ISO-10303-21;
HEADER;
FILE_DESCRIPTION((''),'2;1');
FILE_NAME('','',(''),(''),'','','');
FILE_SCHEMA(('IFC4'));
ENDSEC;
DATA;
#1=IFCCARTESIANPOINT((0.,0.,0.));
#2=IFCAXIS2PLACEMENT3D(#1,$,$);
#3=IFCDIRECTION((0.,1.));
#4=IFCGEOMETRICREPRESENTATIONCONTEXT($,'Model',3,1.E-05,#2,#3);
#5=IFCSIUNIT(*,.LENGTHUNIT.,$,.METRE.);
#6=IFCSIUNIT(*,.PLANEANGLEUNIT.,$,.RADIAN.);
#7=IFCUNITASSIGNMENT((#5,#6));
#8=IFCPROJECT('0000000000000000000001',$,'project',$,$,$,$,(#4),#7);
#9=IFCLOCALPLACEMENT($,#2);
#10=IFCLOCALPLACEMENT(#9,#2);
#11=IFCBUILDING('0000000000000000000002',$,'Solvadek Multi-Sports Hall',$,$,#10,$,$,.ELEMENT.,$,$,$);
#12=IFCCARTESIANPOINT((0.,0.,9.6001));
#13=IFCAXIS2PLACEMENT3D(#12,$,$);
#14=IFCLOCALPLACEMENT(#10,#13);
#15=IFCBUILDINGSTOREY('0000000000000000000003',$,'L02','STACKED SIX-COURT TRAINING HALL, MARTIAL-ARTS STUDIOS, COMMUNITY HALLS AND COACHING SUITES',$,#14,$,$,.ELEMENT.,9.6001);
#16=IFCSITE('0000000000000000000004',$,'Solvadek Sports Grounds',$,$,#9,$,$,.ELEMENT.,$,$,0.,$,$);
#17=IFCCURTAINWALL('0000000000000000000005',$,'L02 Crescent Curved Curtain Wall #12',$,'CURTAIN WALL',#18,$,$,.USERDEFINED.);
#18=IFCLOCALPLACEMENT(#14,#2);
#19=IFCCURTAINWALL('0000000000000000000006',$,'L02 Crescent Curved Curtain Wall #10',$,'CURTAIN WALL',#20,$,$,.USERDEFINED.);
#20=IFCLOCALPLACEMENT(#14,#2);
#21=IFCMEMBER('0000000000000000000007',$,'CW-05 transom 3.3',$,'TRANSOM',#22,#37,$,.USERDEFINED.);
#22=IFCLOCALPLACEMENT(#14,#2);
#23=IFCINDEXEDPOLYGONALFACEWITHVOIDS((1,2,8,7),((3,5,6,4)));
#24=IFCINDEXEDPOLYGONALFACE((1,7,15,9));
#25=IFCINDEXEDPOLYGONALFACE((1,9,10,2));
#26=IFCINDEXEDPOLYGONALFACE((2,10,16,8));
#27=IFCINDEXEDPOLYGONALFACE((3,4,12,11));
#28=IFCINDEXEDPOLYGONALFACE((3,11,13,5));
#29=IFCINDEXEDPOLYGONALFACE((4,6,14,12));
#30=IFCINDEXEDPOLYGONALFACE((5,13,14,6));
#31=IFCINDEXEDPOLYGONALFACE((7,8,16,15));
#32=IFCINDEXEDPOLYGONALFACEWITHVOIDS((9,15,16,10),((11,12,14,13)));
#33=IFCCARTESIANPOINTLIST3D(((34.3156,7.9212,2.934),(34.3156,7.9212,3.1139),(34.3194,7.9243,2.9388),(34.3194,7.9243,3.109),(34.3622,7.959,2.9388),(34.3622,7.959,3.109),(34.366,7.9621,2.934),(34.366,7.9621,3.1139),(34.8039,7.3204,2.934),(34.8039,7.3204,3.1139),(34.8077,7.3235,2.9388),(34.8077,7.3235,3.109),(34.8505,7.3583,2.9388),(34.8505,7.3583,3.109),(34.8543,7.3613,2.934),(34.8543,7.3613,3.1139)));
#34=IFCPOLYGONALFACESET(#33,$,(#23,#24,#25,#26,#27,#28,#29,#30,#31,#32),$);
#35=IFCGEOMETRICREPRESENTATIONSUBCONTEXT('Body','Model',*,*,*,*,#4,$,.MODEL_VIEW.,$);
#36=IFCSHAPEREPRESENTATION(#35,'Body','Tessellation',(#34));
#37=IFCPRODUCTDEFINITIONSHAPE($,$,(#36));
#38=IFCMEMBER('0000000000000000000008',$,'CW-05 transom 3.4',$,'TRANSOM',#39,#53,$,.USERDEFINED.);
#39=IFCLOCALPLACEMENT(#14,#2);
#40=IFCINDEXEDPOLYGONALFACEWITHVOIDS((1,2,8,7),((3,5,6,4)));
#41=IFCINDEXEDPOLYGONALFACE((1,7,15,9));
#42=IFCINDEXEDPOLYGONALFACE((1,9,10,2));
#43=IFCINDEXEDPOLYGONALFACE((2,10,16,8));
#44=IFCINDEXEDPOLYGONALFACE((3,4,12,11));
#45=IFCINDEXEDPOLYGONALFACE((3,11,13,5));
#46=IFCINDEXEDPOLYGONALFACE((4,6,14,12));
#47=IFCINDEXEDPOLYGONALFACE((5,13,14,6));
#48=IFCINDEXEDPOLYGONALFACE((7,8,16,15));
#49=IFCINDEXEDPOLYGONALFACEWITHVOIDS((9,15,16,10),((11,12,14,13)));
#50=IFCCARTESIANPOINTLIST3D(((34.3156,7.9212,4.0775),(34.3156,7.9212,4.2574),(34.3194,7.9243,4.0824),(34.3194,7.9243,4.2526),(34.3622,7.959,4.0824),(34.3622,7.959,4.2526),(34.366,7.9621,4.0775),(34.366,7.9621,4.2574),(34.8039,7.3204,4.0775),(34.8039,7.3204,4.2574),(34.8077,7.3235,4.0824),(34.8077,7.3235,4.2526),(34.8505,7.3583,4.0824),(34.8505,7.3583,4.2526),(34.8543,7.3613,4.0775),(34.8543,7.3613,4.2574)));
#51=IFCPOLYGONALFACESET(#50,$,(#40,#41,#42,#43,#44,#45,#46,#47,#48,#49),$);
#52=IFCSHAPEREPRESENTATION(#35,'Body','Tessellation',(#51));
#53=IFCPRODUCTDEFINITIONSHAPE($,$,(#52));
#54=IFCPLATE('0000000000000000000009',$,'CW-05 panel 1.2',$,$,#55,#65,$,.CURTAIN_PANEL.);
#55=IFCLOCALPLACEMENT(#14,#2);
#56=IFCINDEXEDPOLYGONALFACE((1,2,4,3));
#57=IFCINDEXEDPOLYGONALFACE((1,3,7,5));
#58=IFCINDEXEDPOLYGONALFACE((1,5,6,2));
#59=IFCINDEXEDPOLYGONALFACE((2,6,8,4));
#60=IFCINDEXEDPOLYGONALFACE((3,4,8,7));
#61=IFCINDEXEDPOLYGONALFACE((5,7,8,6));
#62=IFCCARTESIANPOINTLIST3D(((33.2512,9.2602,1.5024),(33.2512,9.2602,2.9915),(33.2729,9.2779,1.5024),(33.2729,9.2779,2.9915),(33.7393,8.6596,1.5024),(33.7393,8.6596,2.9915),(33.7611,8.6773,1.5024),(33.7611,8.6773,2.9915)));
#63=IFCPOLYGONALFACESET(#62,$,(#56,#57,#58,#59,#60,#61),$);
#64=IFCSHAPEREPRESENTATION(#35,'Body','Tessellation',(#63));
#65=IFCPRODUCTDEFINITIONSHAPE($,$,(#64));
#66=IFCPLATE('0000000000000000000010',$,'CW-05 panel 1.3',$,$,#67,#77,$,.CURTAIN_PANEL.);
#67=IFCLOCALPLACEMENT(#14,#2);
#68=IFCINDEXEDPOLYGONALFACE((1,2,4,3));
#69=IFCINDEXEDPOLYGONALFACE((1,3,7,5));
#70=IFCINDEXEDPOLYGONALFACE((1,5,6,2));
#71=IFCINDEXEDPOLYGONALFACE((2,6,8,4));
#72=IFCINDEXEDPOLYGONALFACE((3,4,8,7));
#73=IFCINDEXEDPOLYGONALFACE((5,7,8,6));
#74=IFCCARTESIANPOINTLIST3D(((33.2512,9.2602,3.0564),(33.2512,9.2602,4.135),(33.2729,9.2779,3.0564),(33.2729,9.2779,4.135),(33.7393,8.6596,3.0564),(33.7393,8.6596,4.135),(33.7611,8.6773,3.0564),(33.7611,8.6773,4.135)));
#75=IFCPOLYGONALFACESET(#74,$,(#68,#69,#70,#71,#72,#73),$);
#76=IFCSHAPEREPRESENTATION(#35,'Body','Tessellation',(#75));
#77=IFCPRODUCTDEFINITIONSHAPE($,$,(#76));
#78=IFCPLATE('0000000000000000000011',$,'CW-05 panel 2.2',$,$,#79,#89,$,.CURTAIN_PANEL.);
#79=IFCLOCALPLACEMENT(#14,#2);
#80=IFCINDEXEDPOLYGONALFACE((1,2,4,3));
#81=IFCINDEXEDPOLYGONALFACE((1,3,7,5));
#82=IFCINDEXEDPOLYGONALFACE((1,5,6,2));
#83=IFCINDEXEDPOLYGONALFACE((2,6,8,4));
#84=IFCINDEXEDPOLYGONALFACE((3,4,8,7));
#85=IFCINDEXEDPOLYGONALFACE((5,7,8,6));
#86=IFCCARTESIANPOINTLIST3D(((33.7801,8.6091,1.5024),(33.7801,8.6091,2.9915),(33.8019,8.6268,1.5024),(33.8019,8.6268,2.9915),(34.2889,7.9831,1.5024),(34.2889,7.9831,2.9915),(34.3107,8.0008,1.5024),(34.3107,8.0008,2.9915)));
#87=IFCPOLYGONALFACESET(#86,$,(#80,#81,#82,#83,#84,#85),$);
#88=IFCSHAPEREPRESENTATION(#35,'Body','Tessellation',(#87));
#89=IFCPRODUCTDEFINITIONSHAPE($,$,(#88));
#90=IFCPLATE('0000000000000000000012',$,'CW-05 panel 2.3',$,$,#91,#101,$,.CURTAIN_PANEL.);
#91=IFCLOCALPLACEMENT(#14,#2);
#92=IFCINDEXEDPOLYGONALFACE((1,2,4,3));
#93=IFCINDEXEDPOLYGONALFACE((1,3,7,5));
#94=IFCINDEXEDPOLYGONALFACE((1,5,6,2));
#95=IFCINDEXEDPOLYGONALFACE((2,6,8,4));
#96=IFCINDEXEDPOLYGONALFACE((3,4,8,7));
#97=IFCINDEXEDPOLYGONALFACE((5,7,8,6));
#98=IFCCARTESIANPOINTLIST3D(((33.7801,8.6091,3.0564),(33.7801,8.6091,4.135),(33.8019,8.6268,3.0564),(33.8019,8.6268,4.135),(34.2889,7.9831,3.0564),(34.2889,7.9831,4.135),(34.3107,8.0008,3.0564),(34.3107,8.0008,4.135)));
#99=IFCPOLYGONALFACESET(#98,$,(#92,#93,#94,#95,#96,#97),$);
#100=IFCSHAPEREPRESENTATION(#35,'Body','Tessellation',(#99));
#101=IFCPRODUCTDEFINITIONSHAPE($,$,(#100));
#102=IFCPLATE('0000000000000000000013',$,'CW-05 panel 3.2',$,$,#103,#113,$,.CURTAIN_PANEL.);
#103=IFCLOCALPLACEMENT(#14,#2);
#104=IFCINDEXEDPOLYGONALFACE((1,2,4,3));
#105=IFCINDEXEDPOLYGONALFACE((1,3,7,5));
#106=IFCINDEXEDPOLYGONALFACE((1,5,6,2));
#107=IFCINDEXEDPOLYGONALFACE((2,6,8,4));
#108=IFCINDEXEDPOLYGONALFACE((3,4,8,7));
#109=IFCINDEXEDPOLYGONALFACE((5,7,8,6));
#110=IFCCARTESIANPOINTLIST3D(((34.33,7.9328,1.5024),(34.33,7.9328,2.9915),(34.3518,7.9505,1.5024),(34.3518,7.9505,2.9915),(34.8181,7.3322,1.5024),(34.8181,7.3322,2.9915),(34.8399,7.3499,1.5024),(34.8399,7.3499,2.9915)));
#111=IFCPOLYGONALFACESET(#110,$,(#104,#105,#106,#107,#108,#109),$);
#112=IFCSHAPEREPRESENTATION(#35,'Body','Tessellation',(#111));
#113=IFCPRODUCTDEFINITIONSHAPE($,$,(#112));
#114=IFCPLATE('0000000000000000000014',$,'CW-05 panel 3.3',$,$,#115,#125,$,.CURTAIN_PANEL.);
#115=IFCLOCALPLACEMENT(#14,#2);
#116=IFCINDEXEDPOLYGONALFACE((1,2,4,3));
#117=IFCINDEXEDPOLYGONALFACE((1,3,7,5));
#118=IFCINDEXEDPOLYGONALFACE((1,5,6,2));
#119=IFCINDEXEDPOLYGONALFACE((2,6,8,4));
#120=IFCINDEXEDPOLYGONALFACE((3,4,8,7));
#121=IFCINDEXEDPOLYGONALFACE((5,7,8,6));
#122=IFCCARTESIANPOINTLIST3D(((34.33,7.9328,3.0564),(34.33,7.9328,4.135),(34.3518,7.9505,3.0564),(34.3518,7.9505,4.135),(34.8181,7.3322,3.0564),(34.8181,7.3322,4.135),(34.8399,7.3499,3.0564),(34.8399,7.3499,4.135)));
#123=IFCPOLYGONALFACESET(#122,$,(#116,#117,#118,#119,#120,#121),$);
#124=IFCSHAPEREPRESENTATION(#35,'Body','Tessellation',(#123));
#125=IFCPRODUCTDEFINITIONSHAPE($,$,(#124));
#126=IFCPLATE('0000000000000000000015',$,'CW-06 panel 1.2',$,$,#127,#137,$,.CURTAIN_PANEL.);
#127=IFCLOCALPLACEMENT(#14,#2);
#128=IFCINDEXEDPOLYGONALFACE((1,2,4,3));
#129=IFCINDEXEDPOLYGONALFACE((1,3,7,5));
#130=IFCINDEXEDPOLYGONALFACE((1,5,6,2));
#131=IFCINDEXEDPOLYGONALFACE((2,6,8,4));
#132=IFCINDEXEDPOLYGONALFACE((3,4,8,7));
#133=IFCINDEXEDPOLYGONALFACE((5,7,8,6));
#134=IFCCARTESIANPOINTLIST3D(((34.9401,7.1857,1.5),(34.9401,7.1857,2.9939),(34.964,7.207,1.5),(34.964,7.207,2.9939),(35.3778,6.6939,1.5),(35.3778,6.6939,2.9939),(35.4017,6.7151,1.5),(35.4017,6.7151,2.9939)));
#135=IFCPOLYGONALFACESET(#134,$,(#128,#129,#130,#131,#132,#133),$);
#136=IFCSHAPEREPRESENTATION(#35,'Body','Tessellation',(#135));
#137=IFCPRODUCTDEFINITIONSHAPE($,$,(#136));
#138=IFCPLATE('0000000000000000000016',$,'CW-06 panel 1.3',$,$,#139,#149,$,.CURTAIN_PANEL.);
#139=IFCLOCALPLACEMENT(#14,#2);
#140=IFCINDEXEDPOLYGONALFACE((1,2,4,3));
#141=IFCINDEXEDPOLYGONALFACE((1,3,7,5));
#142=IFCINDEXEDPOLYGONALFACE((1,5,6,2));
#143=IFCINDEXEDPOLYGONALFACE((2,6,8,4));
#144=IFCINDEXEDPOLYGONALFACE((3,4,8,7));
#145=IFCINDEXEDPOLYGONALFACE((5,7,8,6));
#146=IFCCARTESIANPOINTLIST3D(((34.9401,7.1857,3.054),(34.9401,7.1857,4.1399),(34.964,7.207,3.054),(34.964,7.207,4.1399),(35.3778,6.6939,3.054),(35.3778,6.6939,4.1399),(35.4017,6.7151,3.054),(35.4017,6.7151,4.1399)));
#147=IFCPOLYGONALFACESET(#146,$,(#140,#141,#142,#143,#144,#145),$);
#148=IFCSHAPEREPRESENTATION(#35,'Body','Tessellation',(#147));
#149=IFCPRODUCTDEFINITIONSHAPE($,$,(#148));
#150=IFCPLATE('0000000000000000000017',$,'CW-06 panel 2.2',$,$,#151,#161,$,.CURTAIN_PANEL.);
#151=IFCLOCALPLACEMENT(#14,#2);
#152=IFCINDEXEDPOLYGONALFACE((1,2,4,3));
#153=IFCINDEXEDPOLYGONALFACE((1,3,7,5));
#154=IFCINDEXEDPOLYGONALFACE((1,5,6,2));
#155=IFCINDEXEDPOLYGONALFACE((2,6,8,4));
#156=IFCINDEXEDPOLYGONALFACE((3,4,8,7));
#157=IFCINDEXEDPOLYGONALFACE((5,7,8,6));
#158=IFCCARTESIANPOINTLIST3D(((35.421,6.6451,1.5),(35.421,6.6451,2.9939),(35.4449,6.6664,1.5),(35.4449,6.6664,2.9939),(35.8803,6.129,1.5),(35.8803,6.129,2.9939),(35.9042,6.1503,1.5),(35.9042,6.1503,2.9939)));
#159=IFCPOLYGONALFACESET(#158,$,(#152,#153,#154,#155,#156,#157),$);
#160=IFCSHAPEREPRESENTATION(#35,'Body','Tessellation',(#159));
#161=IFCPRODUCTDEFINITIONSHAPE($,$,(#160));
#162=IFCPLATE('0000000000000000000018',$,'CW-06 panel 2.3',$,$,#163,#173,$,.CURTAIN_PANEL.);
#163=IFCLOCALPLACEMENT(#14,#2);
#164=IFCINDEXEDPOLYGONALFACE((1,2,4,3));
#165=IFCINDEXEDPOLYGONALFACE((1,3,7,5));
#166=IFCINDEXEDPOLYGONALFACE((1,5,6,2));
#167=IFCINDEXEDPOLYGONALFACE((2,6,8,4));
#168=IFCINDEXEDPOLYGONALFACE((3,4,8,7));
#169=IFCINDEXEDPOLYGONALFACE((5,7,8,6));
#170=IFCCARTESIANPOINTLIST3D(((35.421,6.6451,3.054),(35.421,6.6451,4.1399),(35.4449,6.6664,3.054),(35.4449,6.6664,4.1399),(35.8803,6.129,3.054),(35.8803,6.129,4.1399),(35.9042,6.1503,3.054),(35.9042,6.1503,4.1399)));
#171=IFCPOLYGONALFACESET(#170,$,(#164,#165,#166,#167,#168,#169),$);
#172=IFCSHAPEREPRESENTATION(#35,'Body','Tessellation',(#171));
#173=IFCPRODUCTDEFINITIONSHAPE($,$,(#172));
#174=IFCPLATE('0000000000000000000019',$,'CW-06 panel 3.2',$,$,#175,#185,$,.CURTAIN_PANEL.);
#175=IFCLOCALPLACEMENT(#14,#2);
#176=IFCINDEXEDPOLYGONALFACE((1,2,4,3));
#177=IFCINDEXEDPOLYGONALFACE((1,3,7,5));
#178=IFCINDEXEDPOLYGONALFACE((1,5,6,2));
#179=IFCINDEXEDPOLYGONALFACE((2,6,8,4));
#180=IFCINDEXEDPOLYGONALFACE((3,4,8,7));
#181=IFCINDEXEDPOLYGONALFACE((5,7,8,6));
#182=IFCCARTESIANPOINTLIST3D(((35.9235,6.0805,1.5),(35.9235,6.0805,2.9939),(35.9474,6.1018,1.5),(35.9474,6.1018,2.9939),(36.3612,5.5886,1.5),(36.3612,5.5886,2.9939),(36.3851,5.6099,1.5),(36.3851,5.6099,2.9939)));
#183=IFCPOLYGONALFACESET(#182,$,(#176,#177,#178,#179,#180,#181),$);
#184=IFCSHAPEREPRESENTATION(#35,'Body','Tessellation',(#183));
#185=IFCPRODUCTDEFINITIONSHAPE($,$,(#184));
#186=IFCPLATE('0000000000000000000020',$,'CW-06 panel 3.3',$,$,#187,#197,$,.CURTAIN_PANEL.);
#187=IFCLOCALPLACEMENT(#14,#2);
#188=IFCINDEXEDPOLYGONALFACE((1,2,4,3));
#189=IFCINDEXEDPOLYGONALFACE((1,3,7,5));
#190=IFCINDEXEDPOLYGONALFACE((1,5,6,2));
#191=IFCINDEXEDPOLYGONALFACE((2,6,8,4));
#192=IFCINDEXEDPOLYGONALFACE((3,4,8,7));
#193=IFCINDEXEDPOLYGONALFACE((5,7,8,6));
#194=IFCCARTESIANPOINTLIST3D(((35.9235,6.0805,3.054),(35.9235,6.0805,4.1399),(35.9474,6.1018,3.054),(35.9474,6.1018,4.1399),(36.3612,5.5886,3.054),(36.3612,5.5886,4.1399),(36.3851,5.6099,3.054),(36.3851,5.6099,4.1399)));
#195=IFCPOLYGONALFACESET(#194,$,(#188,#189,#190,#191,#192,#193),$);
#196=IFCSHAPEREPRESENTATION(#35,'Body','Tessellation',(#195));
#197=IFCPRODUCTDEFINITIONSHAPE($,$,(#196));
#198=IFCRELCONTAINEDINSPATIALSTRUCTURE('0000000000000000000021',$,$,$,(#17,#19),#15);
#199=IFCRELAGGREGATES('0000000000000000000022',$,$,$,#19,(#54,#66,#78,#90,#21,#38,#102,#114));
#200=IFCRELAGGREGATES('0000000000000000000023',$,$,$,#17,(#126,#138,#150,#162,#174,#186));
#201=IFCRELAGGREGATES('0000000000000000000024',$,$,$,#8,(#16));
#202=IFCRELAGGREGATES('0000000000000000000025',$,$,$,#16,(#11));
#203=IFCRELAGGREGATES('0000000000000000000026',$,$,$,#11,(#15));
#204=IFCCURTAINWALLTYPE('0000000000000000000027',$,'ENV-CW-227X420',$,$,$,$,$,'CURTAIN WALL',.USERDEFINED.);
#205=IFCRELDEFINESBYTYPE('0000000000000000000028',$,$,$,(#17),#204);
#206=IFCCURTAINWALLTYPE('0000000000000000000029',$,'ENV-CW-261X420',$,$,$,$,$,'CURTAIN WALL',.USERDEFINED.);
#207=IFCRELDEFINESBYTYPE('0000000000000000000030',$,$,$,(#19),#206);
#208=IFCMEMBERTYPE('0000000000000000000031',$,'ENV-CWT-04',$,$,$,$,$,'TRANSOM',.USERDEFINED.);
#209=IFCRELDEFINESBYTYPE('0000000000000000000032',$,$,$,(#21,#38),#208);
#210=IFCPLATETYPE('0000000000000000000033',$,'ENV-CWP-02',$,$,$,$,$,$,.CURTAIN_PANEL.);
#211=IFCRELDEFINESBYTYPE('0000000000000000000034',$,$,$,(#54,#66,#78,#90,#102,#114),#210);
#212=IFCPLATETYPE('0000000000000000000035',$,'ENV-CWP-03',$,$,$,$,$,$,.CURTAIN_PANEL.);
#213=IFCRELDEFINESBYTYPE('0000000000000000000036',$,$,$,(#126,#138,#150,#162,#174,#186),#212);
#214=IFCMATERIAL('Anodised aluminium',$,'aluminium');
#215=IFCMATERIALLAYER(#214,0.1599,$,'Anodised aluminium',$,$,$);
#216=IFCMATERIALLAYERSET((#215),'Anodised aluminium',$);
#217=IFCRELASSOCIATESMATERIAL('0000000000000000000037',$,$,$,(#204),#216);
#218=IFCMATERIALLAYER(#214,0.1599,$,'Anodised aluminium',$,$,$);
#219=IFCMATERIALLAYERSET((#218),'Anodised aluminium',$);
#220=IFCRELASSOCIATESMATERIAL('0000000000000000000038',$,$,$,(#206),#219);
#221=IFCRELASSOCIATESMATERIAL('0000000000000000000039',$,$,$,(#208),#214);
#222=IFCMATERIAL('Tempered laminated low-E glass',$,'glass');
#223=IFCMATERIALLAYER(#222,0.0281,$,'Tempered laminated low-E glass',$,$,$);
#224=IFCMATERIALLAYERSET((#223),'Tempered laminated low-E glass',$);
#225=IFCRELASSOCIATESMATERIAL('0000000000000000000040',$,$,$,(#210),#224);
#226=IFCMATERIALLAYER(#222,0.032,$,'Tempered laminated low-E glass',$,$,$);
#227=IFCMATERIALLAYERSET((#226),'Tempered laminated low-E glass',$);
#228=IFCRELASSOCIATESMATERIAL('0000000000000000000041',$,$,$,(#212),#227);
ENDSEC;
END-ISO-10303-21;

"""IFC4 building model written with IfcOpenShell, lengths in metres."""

from ifc_helpers import new_model, si_unit, direction, frame, origin, origin_2d, place, context, subcontext, project, spatial, rectangle, hollow_rectangle, extrude, material, layer, layer_set, material_profile, profile_set, type_object, element, aggregate, save


model = new_model("IFC4")

# Units and contexts
model_context = context("Model", 3, precision=1e-05, world=origin(), true_north=direction((0.0, 1.0)))
body_context = subcontext(model_context, "Body", "Model", "MODEL_VIEW")
ifc_project = project(units=[si_unit("LENGTHUNIT", "METRE"), si_unit("PLANEANGLEUNIT", "RADIAN")], contexts=[model_context])

# Site, building, storey
site_placement = place(None, origin())
site = spatial("IfcSite", under=ifc_project, at=site_placement, Name="Solvadek Sports Grounds", CompositionType="ELEMENT", RefElevation=0.0)
building_placement = place(site_placement, origin())
building = spatial("IfcBuilding", under=site, at=building_placement, Name="Solvadek Multi-Sports Hall", CompositionType="ELEMENT")
storey_placement = place(building_placement, frame((0.0, 0.0, 9.6001)))
storey = spatial("IfcBuildingStorey", under=building, at=storey_placement, Name="L02", Description="STACKED SIX-COURT TRAINING HALL, MARTIAL-ARTS STUDIOS, COMMUNITY HALLS AND COACHING SUITES", CompositionType="ELEMENT", Elevation=9.6001)

# Curtain wall
ifc_material_1 = material(Name="Anodised aluminium", Category="aluminium")
ifc_layer_1 = layer(ifc_material_1, 0.1599, Name="Anodised aluminium")
ifc_layer_set_1 = layer_set([ifc_layer_1], Name="Anodised aluminium")
curtain_wall_type_1 = type_object("IfcCurtainWallType", Name="ENV-CW-227X420", ElementType="CURTAIN WALL", PredefinedType="USERDEFINED", material=ifc_layer_set_1)
curtain_wall_1_placement = place(storey_placement, origin())
curtain_wall_1 = element("IfcCurtainWall", 1, at=curtain_wall_1_placement, inside=storey, type_object=curtain_wall_type_1, Name="L02 Crescent Curved Curtain Wall #12", ObjectType="CURTAIN WALL", PredefinedType="USERDEFINED")

# Curtain wall, members, plates
ifc_layer_2 = layer(ifc_material_1, 0.1599, Name="Anodised aluminium")
ifc_layer_set_2 = layer_set([ifc_layer_2], Name="Anodised aluminium")
curtain_wall_type_2 = type_object("IfcCurtainWallType", Name="ENV-CW-261X420", ElementType="CURTAIN WALL", PredefinedType="USERDEFINED", material=ifc_layer_set_2)
curtain_wall_2_placement = place(storey_placement, origin())
curtain_wall_2 = element("IfcCurtainWall", 2, at=curtain_wall_2_placement, inside=storey, type_object=curtain_wall_type_2, Name="L02 Crescent Curved Curtain Wall #10", ObjectType="CURTAIN WALL", PredefinedType="USERDEFINED")
ifc_material_profile_1 = material_profile(ifc_material_1, hollow_rectangle(XDim=0.0649, YDim=0.1799, WallThickness=0.0049, at=origin_2d()), Name="ALU-T 180x65x5")
ifc_profile_set_1 = profile_set([ifc_material_profile_1], Name="Anodised aluminium")
member_type_1 = type_object("IfcMemberType", Name="ENV-CWT-04", ElementType="TRANSOM", PredefinedType="USERDEFINED", material=ifc_profile_set_1)
member_1_placement = place(storey_placement, frame((34.3408, 7.9417, 3.0239), z_axis=(0.630676, -0.776046, 0.0), x_axis=(0.776046, 0.630676, 0.0)))
member_1 = element("IfcMember", 3, at=member_1_placement, type_object=member_type_1, Name="CW-05 transom 3.3", ObjectType="TRANSOM", PredefinedType="USERDEFINED", context=body_context, shape_type="SweptSolid", body=[
    extrude(hollow_rectangle(XDim=0.0649, YDim=0.1799, WallThickness=0.0049, at=origin_2d()), origin(), (0.0, 0.0, 1.0), 0.7742),
])
member_2_placement = place(storey_placement, frame((34.3408, 7.9417, 4.1675), z_axis=(0.630676, -0.776046, 0.0), x_axis=(0.776046, 0.630676, 0.0)))
member_2 = element("IfcMember", 4, at=member_2_placement, type_object=member_type_1, Name="CW-05 transom 3.4", ObjectType="TRANSOM", PredefinedType="USERDEFINED", context=body_context, shape_type="SweptSolid", body=[
    extrude(hollow_rectangle(XDim=0.0649, YDim=0.1799, WallThickness=0.0049, at=origin_2d()), origin(), (0.0, 0.0, 1.0), 0.7742),
])
ifc_material_2 = material(Name="Tempered laminated low-E glass", Category="glass")
ifc_layer_3 = layer(ifc_material_2, 0.0281, Name="Tempered laminated low-E glass")
ifc_layer_set_3 = layer_set([ifc_layer_3], Name="Tempered laminated low-E glass")
plate_type_1 = type_object("IfcPlateType", Name="ENV-CWP-02", PredefinedType="CURTAIN_PANEL", material=ifc_layer_set_3)
plate_1_placement = place(storey_placement, frame((33.5061, 8.9688, 1.5024), z_axis=(0.0, 0.0, 1.0), x_axis=(0.630693, -0.776032, 0.0)))
plate_1 = element("IfcPlate", 5, at=plate_1_placement, type_object=plate_type_1, Name="CW-05 panel 1.2", PredefinedType="CURTAIN_PANEL", context=body_context, shape_type="SweptSolid", body=[
    extrude(rectangle(XDim=0.7739, YDim=0.0281, at=origin_2d()), origin(), (0.0, 0.0, 1.0), 1.489),
])
plate_2_placement = place(storey_placement, frame((33.5061, 8.9688, 3.0564), z_axis=(0.0, 0.0, 1.0), x_axis=(0.630693, -0.776032, 0.0)))
plate_2 = element("IfcPlate", 6, at=plate_2_placement, type_object=plate_type_1, Name="CW-05 panel 1.3", PredefinedType="CURTAIN_PANEL", context=body_context, shape_type="SweptSolid", body=[
    extrude(rectangle(XDim=0.7739, YDim=0.0281, at=origin_2d()), origin(), (0.0, 0.0, 1.0), 1.0786),
])
plate_3_placement = place(storey_placement, frame((34.0454, 8.3049, 1.5024), z_axis=(0.0, 0.0, 1.0), x_axis=(0.630693, -0.776032, 0.0)))
plate_3 = element("IfcPlate", 7, at=plate_3_placement, type_object=plate_type_1, Name="CW-05 panel 2.2", PredefinedType="CURTAIN_PANEL", context=body_context, shape_type="SweptSolid", body=[
    extrude(rectangle(XDim=0.8066, YDim=0.0281, at=origin_2d()), origin(), (0.0, 0.0, 1.0), 1.489),
])
plate_4_placement = place(storey_placement, frame((34.0454, 8.3049, 3.0564), z_axis=(0.0, 0.0, 1.0), x_axis=(0.630693, -0.776032, 0.0)))
plate_4 = element("IfcPlate", 8, at=plate_4_placement, type_object=plate_type_1, Name="CW-05 panel 2.3", PredefinedType="CURTAIN_PANEL", context=body_context, shape_type="SweptSolid", body=[
    extrude(rectangle(XDim=0.8066, YDim=0.0281, at=origin_2d()), origin(), (0.0, 0.0, 1.0), 1.0786),
])
plate_5_placement = place(storey_placement, frame((34.585, 7.6414, 1.5024), z_axis=(0.0, 0.0, 1.0), x_axis=(0.630693, -0.776032, 0.0)))
plate_5 = element("IfcPlate", 9, at=plate_5_placement, type_object=plate_type_1, Name="CW-05 panel 3.2", PredefinedType="CURTAIN_PANEL", context=body_context, shape_type="SweptSolid", body=[
    extrude(rectangle(XDim=0.7739, YDim=0.0281, at=origin_2d()), origin(), (0.0, 0.0, 1.0), 1.489),
])
plate_6_placement = place(storey_placement, frame((34.585, 7.6414, 3.0564), z_axis=(0.0, 0.0, 1.0), x_axis=(0.630693, -0.776032, 0.0)))
plate_6 = element("IfcPlate", 10, at=plate_6_placement, type_object=plate_type_1, Name="CW-05 panel 3.3", PredefinedType="CURTAIN_PANEL", context=body_context, shape_type="SweptSolid", body=[
    extrude(rectangle(XDim=0.7739, YDim=0.0281, at=origin_2d()), origin(), (0.0, 0.0, 1.0), 1.0786),
])
aggregate(curtain_wall_2, [plate_1, plate_2, plate_3, plate_4, member_1, member_2, plate_5, plate_6])

# Plates
ifc_layer_4 = layer(ifc_material_2, 0.032, Name="Tempered laminated low-E glass")
ifc_layer_set_4 = layer_set([ifc_layer_4], Name="Tempered laminated low-E glass")
plate_type_2 = type_object("IfcPlateType", Name="ENV-CWP-03", PredefinedType="CURTAIN_PANEL", material=ifc_layer_set_4)
plate_7_placement = place(storey_placement, frame((35.1709, 6.9504, 1.5), z_axis=(0.0, 0.0, 1.0), x_axis=(0.664788, -0.747032, 0.0)))
plate_7 = element("IfcPlate", 11, at=plate_7_placement, type_object=plate_type_2, Name="CW-06 panel 1.2", PredefinedType="CURTAIN_PANEL", context=body_context, shape_type="SweptSolid", body=[
    extrude(rectangle(XDim=0.6584, YDim=0.032, at=origin_2d()), origin(), (0.0, 0.0, 1.0), 1.4939),
])
plate_8_placement = place(storey_placement, frame((35.1709, 6.9504, 3.054), z_axis=(0.0, 0.0, 1.0), x_axis=(0.664788, -0.747032, 0.0)))
plate_8 = element("IfcPlate", 12, at=plate_8_placement, type_object=plate_type_2, Name="CW-06 panel 1.3", PredefinedType="CURTAIN_PANEL", context=body_context, shape_type="SweptSolid", body=[
    extrude(rectangle(XDim=0.6584, YDim=0.032, at=origin_2d()), origin(), (0.0, 0.0, 1.0), 1.0859),
])
plate_9_placement = place(storey_placement, frame((35.6626, 6.3977, 1.5), z_axis=(0.0, 0.0, 1.0), x_axis=(0.664788, -0.747032, 0.0)))
plate_9 = element("IfcPlate", 13, at=plate_9_placement, type_object=plate_type_2, Name="CW-06 panel 2.2", PredefinedType="CURTAIN_PANEL", context=body_context, shape_type="SweptSolid", body=[
    extrude(rectangle(XDim=0.6909, YDim=0.032, at=origin_2d()), origin(), (0.0, 0.0, 1.0), 1.4939),
])
plate_10_placement = place(storey_placement, frame((35.6626, 6.3977, 3.054), z_axis=(0.0, 0.0, 1.0), x_axis=(0.664788, -0.747032, 0.0)))
plate_10 = element("IfcPlate", 14, at=plate_10_placement, type_object=plate_type_2, Name="CW-06 panel 2.3", PredefinedType="CURTAIN_PANEL", context=body_context, shape_type="SweptSolid", body=[
    extrude(rectangle(XDim=0.6909, YDim=0.032, at=origin_2d()), origin(), (0.0, 0.0, 1.0), 1.0859),
])
plate_11_placement = place(storey_placement, frame((36.1543, 5.8452, 1.5), z_axis=(0.0, 0.0, 1.0), x_axis=(0.664788, -0.747032, 0.0)))
plate_11 = element("IfcPlate", 15, at=plate_11_placement, type_object=plate_type_2, Name="CW-06 panel 3.2", PredefinedType="CURTAIN_PANEL", context=body_context, shape_type="SweptSolid", body=[
    extrude(rectangle(XDim=0.6584, YDim=0.032, at=origin_2d()), origin(), (0.0, 0.0, 1.0), 1.4939),
])
plate_12_placement = place(storey_placement, frame((36.1543, 5.8452, 3.054), z_axis=(0.0, 0.0, 1.0), x_axis=(0.664788, -0.747032, 0.0)))
plate_12 = element("IfcPlate", 16, at=plate_12_placement, type_object=plate_type_2, Name="CW-06 panel 3.3", PredefinedType="CURTAIN_PANEL", context=body_context, shape_type="SweptSolid", body=[
    extrude(rectangle(XDim=0.6584, YDim=0.032, at=origin_2d()), origin(), (0.0, 0.0, 1.0), 1.0859),
])
aggregate(curtain_wall_1, [plate_7, plate_8, plate_9, plate_10, plate_11, plate_12])

save(model, "model.ifc")
